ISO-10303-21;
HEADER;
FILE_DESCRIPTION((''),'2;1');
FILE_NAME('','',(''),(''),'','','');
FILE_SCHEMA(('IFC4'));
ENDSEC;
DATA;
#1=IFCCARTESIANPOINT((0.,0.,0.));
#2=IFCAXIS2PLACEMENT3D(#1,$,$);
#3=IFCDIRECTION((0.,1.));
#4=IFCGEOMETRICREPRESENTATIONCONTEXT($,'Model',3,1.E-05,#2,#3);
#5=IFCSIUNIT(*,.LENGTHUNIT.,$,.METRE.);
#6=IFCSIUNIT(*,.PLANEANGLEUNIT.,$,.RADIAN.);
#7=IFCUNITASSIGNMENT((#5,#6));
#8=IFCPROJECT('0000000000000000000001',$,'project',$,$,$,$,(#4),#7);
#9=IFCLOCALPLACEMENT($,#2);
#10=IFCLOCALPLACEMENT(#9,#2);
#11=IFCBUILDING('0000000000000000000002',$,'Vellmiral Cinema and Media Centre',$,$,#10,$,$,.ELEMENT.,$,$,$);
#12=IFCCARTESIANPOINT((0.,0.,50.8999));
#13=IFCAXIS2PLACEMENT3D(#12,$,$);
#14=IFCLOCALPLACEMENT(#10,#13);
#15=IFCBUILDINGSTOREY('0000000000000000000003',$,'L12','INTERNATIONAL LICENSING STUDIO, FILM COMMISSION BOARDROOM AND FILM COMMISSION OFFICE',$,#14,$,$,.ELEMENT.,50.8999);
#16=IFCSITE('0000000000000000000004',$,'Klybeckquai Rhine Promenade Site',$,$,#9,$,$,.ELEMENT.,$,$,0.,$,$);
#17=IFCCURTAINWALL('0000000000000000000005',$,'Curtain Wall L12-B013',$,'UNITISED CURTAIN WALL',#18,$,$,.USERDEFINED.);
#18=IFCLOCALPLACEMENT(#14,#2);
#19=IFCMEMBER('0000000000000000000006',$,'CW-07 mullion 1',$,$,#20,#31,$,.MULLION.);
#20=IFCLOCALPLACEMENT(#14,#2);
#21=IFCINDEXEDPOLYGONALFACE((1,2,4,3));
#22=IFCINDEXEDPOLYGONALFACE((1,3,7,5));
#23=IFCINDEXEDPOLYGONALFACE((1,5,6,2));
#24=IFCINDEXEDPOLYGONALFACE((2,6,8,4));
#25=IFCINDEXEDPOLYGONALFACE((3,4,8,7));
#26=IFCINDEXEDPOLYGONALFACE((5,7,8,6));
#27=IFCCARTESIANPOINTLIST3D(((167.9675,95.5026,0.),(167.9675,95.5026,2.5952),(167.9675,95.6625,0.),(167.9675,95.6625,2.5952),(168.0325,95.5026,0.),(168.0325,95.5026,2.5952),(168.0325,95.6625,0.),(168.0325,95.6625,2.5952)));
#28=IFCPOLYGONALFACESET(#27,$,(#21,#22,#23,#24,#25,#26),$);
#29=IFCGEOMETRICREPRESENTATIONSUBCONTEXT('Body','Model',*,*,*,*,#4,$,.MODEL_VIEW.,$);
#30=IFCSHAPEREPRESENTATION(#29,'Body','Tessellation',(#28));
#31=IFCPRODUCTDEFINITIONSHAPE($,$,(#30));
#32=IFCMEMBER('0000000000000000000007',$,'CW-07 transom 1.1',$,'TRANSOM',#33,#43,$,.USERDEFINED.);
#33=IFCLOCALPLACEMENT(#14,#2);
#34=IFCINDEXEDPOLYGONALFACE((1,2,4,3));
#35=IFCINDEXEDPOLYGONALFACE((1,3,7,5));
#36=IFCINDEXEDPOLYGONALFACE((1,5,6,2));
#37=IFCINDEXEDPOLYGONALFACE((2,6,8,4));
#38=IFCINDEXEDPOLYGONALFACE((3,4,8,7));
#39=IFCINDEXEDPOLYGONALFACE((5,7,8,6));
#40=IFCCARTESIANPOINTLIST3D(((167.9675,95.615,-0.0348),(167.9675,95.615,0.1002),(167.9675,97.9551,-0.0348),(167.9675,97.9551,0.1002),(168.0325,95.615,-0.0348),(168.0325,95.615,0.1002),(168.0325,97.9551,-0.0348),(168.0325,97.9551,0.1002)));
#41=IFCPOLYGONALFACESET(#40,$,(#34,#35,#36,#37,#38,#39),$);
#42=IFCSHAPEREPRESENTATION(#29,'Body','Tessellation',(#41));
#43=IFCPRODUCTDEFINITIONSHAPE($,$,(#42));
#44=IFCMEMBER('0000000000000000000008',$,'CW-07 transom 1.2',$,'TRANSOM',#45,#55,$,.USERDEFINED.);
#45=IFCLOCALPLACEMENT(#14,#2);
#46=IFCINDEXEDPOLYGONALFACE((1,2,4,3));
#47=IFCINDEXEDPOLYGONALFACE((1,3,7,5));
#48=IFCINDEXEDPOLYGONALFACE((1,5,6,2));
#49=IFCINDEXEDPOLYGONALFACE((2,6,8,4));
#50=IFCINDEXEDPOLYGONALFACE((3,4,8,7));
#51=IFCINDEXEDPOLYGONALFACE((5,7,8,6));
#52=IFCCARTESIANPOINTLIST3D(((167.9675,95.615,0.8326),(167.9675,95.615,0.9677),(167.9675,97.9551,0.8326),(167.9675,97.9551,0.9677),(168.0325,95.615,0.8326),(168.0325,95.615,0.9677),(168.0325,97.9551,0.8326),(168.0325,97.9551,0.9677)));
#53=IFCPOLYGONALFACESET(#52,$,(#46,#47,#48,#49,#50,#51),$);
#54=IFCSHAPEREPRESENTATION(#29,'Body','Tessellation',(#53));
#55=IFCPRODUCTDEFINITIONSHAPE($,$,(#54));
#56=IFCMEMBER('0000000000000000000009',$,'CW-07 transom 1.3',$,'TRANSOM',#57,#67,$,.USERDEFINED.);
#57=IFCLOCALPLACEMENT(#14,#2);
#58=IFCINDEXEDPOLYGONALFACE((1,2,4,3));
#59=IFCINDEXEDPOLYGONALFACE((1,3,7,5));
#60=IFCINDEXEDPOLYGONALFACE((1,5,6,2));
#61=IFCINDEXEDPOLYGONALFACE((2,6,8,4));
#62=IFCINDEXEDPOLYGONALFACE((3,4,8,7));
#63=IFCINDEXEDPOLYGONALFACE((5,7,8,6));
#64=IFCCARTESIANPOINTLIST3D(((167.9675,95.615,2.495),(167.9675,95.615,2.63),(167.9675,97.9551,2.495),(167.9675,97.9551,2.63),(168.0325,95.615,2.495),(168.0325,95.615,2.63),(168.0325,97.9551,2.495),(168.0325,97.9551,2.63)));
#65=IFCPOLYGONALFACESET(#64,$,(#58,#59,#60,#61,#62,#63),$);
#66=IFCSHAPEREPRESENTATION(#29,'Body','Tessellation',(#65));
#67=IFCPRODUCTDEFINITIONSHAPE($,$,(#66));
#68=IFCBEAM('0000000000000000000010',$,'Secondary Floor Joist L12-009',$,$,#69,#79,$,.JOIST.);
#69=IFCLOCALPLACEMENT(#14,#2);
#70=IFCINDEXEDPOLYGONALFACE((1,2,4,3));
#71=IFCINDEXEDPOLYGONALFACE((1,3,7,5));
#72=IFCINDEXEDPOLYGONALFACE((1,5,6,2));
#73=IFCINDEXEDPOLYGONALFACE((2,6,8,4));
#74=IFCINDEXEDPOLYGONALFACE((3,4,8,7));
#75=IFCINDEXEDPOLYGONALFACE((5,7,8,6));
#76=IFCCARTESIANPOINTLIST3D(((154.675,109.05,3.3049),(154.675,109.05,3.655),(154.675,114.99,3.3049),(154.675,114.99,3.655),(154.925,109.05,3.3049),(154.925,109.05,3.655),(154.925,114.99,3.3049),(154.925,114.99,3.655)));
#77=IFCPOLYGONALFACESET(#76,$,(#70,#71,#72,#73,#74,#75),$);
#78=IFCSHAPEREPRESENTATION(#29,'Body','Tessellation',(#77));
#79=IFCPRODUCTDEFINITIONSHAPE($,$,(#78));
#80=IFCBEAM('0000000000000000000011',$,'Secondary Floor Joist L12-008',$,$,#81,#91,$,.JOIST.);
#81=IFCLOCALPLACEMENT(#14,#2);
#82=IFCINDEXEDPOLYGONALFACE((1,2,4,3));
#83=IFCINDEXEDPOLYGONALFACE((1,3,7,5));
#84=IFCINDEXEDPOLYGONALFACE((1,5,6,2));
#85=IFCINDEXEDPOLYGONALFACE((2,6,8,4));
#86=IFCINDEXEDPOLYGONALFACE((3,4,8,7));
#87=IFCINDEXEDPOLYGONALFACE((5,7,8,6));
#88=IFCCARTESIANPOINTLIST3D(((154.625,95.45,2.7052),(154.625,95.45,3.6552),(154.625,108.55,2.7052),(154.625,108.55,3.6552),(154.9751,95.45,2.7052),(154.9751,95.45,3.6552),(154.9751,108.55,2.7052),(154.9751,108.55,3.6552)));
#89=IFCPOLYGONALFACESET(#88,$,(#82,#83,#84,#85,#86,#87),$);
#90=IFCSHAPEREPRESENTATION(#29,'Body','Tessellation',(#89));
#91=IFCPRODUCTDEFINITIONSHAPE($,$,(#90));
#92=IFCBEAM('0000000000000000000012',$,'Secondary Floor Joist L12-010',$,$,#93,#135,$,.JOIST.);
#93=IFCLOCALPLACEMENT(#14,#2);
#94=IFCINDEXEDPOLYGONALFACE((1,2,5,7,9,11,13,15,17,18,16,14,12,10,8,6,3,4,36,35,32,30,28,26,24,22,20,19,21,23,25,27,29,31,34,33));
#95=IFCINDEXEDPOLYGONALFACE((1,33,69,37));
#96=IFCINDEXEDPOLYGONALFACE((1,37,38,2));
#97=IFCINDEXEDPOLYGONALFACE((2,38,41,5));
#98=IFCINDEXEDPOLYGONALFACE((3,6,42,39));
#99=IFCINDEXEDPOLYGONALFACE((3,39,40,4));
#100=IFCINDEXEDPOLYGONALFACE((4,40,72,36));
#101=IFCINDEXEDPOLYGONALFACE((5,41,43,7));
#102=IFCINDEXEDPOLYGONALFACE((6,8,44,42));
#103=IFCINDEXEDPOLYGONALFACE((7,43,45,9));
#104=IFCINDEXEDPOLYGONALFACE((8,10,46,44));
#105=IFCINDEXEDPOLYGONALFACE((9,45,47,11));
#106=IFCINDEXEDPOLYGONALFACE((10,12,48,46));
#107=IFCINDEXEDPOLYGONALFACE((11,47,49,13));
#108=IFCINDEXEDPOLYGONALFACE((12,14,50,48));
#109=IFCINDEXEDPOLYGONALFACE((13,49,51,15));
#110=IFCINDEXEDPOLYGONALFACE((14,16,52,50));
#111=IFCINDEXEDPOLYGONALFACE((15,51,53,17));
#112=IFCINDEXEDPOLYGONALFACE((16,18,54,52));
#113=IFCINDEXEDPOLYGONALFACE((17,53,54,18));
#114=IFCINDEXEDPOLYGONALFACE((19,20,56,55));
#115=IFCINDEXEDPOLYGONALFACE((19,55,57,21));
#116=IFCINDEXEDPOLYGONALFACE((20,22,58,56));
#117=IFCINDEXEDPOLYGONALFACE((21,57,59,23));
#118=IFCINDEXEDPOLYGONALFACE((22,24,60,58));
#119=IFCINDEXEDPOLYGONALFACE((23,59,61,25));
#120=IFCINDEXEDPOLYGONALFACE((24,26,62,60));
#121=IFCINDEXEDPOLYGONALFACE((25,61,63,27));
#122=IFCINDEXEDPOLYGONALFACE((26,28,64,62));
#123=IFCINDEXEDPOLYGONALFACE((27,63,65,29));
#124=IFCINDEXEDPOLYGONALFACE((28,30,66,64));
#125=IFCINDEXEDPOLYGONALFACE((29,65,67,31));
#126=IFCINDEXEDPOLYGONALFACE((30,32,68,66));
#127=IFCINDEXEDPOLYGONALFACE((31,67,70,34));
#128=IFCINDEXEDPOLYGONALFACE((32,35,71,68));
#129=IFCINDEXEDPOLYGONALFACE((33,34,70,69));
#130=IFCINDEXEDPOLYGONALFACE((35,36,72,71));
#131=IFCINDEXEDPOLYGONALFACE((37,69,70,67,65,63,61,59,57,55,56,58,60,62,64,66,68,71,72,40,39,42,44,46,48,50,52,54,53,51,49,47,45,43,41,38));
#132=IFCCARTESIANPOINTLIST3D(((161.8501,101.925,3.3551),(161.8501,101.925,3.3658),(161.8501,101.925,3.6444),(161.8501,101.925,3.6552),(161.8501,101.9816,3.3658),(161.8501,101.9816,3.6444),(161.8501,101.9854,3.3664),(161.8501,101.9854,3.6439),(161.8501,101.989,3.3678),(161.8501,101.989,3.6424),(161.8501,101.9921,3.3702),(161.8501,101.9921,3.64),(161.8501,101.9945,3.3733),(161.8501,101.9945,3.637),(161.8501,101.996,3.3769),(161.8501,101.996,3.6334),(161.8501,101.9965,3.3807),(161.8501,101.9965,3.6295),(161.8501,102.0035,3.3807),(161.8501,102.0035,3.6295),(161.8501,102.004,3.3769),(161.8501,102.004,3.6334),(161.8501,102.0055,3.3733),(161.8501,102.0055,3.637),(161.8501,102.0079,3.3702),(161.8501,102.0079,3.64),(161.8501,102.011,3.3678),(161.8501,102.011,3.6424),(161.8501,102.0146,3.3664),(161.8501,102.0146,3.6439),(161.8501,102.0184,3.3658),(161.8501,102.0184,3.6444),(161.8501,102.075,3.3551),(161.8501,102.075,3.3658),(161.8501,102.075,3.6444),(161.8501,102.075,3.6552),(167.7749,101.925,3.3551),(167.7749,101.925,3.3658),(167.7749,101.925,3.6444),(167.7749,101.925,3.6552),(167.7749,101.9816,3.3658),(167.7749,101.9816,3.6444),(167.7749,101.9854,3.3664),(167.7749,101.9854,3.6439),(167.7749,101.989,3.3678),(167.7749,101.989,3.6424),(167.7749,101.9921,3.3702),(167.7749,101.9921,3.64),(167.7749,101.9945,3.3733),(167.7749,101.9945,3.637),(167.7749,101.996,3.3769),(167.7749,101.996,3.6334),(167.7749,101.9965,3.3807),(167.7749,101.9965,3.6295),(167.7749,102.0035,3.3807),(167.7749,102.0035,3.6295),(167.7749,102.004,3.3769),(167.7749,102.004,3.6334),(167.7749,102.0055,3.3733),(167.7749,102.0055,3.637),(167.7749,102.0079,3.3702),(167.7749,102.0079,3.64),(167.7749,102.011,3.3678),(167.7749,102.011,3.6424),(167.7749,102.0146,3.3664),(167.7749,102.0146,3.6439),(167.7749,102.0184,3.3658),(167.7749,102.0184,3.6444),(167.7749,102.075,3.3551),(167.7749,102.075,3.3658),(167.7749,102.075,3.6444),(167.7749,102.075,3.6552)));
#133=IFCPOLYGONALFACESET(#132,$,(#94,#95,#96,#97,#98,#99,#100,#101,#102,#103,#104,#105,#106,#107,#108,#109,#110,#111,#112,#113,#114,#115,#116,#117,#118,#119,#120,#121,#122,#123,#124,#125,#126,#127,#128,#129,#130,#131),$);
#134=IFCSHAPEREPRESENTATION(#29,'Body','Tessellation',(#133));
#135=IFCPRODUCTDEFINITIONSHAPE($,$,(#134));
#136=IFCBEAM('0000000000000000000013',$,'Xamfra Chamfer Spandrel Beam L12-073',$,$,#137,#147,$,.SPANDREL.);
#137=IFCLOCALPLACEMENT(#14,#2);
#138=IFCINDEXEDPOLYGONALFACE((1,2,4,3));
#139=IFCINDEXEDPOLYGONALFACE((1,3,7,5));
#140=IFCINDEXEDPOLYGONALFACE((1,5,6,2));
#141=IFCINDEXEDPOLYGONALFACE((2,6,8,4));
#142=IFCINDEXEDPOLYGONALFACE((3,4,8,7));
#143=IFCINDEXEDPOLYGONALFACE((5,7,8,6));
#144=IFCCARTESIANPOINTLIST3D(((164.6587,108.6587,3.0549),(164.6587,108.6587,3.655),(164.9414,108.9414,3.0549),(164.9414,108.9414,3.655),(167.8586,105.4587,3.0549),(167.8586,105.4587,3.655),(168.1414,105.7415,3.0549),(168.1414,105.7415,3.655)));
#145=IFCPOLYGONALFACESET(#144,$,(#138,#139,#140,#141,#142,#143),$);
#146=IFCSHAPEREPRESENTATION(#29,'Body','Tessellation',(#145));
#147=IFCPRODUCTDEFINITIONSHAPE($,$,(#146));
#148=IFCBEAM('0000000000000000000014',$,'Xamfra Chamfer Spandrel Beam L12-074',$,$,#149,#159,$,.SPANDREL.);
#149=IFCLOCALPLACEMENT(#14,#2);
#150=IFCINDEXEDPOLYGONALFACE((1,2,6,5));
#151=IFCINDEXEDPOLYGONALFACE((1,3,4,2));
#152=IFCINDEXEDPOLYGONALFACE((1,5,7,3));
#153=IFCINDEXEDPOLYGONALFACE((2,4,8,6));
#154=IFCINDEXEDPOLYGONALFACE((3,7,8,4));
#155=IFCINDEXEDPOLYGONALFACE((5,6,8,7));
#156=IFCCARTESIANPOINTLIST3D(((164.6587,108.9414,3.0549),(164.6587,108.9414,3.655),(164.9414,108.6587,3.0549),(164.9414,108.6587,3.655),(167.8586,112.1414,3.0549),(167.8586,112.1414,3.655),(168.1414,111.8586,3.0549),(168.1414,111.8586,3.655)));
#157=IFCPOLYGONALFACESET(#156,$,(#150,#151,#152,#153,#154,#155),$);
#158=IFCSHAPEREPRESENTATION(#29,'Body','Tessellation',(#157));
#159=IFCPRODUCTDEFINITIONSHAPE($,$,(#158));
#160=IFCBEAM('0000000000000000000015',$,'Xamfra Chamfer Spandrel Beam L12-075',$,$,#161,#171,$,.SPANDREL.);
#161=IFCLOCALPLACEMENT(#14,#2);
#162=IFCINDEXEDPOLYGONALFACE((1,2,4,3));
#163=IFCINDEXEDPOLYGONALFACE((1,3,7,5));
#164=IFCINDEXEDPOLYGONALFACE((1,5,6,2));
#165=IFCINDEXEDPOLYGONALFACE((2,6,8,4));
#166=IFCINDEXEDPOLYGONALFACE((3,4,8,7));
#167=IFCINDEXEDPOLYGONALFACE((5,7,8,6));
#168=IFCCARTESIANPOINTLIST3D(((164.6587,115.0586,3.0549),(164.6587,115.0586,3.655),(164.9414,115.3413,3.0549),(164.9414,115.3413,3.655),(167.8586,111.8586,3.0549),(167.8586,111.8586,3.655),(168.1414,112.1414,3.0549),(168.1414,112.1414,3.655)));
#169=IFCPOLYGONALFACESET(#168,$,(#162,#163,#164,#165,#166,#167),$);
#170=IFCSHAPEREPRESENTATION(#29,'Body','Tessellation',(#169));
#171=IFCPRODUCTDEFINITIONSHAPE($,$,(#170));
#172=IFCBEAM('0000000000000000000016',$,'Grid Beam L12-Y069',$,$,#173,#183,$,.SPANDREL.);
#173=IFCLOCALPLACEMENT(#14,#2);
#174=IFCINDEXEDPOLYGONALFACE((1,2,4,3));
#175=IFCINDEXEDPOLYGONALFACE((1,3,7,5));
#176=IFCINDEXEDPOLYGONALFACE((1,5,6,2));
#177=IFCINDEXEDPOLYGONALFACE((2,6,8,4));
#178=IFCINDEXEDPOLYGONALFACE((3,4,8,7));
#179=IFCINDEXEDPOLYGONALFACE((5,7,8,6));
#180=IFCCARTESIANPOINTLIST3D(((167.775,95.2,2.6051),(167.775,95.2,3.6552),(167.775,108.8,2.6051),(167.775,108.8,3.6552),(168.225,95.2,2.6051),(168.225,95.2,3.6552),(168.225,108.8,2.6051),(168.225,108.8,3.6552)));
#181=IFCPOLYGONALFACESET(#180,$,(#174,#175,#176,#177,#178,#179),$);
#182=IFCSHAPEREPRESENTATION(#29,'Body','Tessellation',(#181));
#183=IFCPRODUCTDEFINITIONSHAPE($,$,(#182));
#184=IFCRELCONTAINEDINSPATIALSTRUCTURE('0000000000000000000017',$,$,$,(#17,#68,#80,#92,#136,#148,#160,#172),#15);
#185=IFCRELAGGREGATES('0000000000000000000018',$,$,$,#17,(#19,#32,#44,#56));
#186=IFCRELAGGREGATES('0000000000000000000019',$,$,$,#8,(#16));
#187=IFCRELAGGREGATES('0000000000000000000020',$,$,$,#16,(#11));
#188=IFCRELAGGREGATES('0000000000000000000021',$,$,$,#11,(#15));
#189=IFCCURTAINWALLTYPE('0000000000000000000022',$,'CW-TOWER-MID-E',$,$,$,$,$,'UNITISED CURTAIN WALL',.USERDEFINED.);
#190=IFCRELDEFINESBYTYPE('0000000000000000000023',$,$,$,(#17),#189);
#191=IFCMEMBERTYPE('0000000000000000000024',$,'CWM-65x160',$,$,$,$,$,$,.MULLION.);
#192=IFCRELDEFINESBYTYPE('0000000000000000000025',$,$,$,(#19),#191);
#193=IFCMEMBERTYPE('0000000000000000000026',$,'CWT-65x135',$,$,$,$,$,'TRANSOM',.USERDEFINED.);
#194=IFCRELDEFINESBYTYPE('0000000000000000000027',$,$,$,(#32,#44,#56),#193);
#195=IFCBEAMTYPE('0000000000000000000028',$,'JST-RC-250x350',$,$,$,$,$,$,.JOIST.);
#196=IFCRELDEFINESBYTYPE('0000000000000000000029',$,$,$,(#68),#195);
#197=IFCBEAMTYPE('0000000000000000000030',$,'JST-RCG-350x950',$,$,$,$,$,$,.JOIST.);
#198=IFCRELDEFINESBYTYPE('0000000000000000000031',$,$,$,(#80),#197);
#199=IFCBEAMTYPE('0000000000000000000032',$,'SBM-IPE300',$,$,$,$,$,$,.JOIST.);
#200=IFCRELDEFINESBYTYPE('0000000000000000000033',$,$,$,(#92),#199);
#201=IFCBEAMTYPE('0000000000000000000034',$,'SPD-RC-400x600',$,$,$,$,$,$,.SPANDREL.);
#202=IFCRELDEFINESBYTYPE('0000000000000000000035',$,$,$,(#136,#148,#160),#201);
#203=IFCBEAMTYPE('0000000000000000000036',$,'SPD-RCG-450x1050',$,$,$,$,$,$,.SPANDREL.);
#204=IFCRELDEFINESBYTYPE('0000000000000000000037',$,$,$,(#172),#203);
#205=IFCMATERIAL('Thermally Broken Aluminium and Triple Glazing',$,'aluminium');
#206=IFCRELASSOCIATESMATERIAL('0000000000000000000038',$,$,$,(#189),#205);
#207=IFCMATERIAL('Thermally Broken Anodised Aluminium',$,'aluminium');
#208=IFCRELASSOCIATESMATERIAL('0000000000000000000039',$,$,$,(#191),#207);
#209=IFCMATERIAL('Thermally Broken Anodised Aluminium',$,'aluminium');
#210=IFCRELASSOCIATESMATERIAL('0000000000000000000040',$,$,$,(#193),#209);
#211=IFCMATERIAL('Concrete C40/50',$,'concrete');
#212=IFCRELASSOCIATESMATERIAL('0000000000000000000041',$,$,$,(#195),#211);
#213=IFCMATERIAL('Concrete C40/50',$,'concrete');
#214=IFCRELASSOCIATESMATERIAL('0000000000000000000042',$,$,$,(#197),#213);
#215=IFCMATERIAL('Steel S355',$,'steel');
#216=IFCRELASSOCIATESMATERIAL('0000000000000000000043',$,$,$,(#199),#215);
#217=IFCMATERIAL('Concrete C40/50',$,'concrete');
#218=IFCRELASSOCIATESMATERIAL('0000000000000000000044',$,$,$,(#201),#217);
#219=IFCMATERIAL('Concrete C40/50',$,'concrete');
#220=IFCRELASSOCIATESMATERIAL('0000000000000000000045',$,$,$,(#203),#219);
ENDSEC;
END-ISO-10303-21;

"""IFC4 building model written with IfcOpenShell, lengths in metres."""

from ifc_helpers import new_model, si_unit, direction, frame, origin, origin_2d, place, context, subcontext, project, spatial, rectangle, i_section, extrude, material, material_profile, profile_set, type_object, element, aggregate, save


model = new_model("IFC4")

# Units and contexts
model_context = context("Model", 3, precision=1e-05, world=origin(), true_north=direction((0.0, 1.0)))
body_context = subcontext(model_context, "Body", "Model", "MODEL_VIEW")
ifc_project = project(units=[si_unit("LENGTHUNIT", "METRE"), si_unit("PLANEANGLEUNIT", "RADIAN")], contexts=[model_context])

# Site, building, storey
site_placement = place(None, origin())
site = spatial("IfcSite", under=ifc_project, at=site_placement, Name="Klybeckquai Rhine Promenade Site", CompositionType="ELEMENT", RefElevation=0.0)
building_placement = place(site_placement, origin())
building = spatial("IfcBuilding", under=site, at=building_placement, Name="Vellmiral Cinema and Media Centre", CompositionType="ELEMENT")
storey_placement = place(building_placement, frame((0.0, 0.0, 50.8999)))
storey = spatial("IfcBuildingStorey", under=building, at=storey_placement, Name="L12", Description="INTERNATIONAL LICENSING STUDIO, FILM COMMISSION BOARDROOM AND FILM COMMISSION OFFICE", CompositionType="ELEMENT", Elevation=50.8999)

# Curtain wall, members
ifc_material_1 = material(Name="Thermally Broken Aluminium and Triple Glazing", Category="aluminium")
curtain_wall_type = type_object("IfcCurtainWallType", Name="CW-TOWER-MID-E", ElementType="UNITISED CURTAIN WALL", PredefinedType="USERDEFINED", material=ifc_material_1)
curtain_wall_placement = place(storey_placement, origin())
curtain_wall = element("IfcCurtainWall", 1, at=curtain_wall_placement, inside=storey, type_object=curtain_wall_type, Name="Curtain Wall L12-B013", ObjectType="UNITISED CURTAIN WALL", PredefinedType="USERDEFINED")
ifc_material_2 = material(Name="Thermally Broken Anodised Aluminium", Category="aluminium")
ifc_material_profile_1 = material_profile(ifc_material_2, rectangle(XDim=0.0649, YDim=0.1599, at=origin_2d()), Name="MULL 65x160")
ifc_profile_set_1 = profile_set([ifc_material_profile_1], Name="Thermally Broken Anodised Aluminium")
member_type_1 = type_object("IfcMemberType", Name="CWM-65x160", PredefinedType="MULLION", material=ifc_profile_set_1)
member_1_placement = place(storey_placement, frame((168.0, 95.5825, 0.0), z_axis=(0.0, 0.0, 1.0), x_axis=(-1.0, 0.0, 0.0)))
member_1 = element("IfcMember", 2, at=member_1_placement, type_object=member_type_1, Name="CW-07 mullion 1", PredefinedType="MULLION", context=body_context, shape_type="SweptSolid", body=[
    extrude(rectangle(XDim=0.0649, YDim=0.1599, at=origin_2d()), origin(), (0.0, 0.0, 1.0), 2.5952),
])
ifc_material_3 = material(Name="Thermally Broken Anodised Aluminium", Category="aluminium")
ifc_material_profile_2 = material_profile(ifc_material_3, rectangle(XDim=0.0649, YDim=0.135, at=origin_2d()), Name="MULL 65x135")
ifc_profile_set_2 = profile_set([ifc_material_profile_2], Name="Thermally Broken Anodised Aluminium")
member_type_2 = type_object("IfcMemberType", Name="CWT-65x135", ElementType="TRANSOM", PredefinedType="USERDEFINED", material=ifc_profile_set_2)
member_2_placement = place(storey_placement, frame((168.0, 95.615, 0.0327), z_axis=(0.0, 1.0, 0.0), x_axis=(-1.0, 0.0, 0.0)))
member_2 = element("IfcMember", 3, at=member_2_placement, type_object=member_type_2, Name="CW-07 transom 1.1", ObjectType="TRANSOM", PredefinedType="USERDEFINED", context=body_context, shape_type="SweptSolid", body=[
    extrude(rectangle(XDim=0.0649, YDim=0.135, at=origin_2d()), origin(), (0.0, 0.0, 1.0), 2.3401),
])
member_3_placement = place(storey_placement, frame((168.0, 95.615, 0.9001), z_axis=(0.0, 1.0, 0.0), x_axis=(-1.0, 0.0, 0.0)))
member_3 = element("IfcMember", 4, at=member_3_placement, type_object=member_type_2, Name="CW-07 transom 1.2", ObjectType="TRANSOM", PredefinedType="USERDEFINED", context=body_context, shape_type="SweptSolid", body=[
    extrude(rectangle(XDim=0.0649, YDim=0.135, at=origin_2d()), origin(), (0.0, 0.0, 1.0), 2.3401),
])
member_4_placement = place(storey_placement, frame((168.0, 95.615, 2.5625), z_axis=(0.0, 1.0, 0.0), x_axis=(-1.0, 0.0, 0.0)))
member_4 = element("IfcMember", 5, at=member_4_placement, type_object=member_type_2, Name="CW-07 transom 1.3", ObjectType="TRANSOM", PredefinedType="USERDEFINED", context=body_context, shape_type="SweptSolid", body=[
    extrude(rectangle(XDim=0.0649, YDim=0.135, at=origin_2d()), origin(), (0.0, 0.0, 1.0), 2.3401),
])
aggregate(curtain_wall, [member_1, member_2, member_3, member_4])

# Beams
ifc_material_4 = material(Name="Concrete C40/50", Category="concrete")
ifc_material_profile_3 = material_profile(ifc_material_4, rectangle(XDim=0.25, YDim=0.3501, at=origin_2d()), Name="RC 250x350")
ifc_profile_set_3 = profile_set([ifc_material_profile_3], Name="Concrete C40/50")
beam_type_1 = type_object("IfcBeamType", Name="JST-RC-250x350", PredefinedType="JOIST", material=ifc_profile_set_3)
beam_1_placement = place(storey_placement, frame((154.8, 109.05, 3.48), z_axis=(0.0, 1.0, 0.0), x_axis=(-1.0, 0.0, 0.0)))
element("IfcBeam", 6, at=beam_1_placement, inside=storey, type_object=beam_type_1, Name="Secondary Floor Joist L12-009", PredefinedType="JOIST", context=body_context, shape_type="SweptSolid", body=[
    extrude(rectangle(XDim=0.25, YDim=0.3501, at=origin_2d()), origin(), (0.0, 0.0, 1.0), 5.9399),
])
ifc_material_5 = material(Name="Concrete C40/50", Category="concrete")
ifc_material_profile_4 = material_profile(ifc_material_5, rectangle(XDim=0.3501, YDim=0.95, at=origin_2d()), Name="RC 350x950")
ifc_profile_set_4 = profile_set([ifc_material_profile_4], Name="Concrete C40/50")
beam_type_2 = type_object("IfcBeamType", Name="JST-RCG-350x950", PredefinedType="JOIST", material=ifc_profile_set_4)
beam_2_placement = place(storey_placement, frame((154.8, 95.45, 3.1802), z_axis=(0.0, 1.0, 0.0), x_axis=(-1.0, 0.0, 0.0)))
element("IfcBeam", 7, at=beam_2_placement, inside=storey, type_object=beam_type_2, Name="Secondary Floor Joist L12-008", PredefinedType="JOIST", context=body_context, shape_type="SweptSolid", body=[
    extrude(rectangle(XDim=0.3501, YDim=0.95, at=origin_2d()), origin(), (0.0, 0.0, 1.0), 13.1001),
])
ifc_material_6 = material(Name="Steel S355", Category="steel")
ifc_material_profile_5 = material_profile(ifc_material_6, i_section(OverallWidth=0.1499, OverallDepth=0.3, WebThickness=0.0071, FlangeThickness=0.0107, FilletRadius=0.0149, at=origin_2d()), Name="IPE 300")
ifc_profile_set_5 = profile_set([ifc_material_profile_5], Name="Steel S355")
beam_type_3 = type_object("IfcBeamType", Name="SBM-IPE300", PredefinedType="JOIST", material=ifc_profile_set_5)
beam_3_placement = place(storey_placement, frame((161.8501, 102.0, 3.5051), z_axis=(1.0, 0.0, 0.0), x_axis=(0.0, 1.0, 0.0)))
element("IfcBeam", 8, at=beam_3_placement, inside=storey, type_object=beam_type_3, Name="Secondary Floor Joist L12-010", PredefinedType="JOIST", context=body_context, shape_type="SweptSolid", body=[
    extrude(i_section(OverallWidth=0.1499, OverallDepth=0.3, WebThickness=0.0071, FlangeThickness=0.0107, FilletRadius=0.0149, at=origin_2d()), origin(), (0.0, 0.0, 1.0), 5.9248),
])
ifc_material_7 = material(Name="Concrete C40/50", Category="concrete")
ifc_material_profile_6 = material_profile(ifc_material_7, rectangle(XDim=0.3999, YDim=0.6001, at=origin_2d()), Name="RC 400x600")
ifc_profile_set_6 = profile_set([ifc_material_profile_6], Name="Concrete C40/50")
beam_type_4 = type_object("IfcBeamType", Name="SPD-RC-400x600", PredefinedType="SPANDREL", material=ifc_profile_set_6)
for number, where, z_axis, x_axis, name in (
    (9, (164.8, 108.8, 3.355), (0.707107, -0.707107, 0.0), (0.707107, 0.707107, 0.0), "Xamfra Chamfer Spandrel Beam L12-073"),
    (10, (164.8, 108.8, 3.355), (0.707107, 0.707107, 0.0), (-0.707107, 0.707107, 0.0), "Xamfra Chamfer Spandrel Beam L12-074"),
    (11, (164.8, 115.2, 3.355), (0.707107, -0.707107, 0.0), (0.707107, 0.707107, 0.0), "Xamfra Chamfer Spandrel Beam L12-075"),
):
    element("IfcBeam", number, at=place(storey_placement, frame(where, z_axis=z_axis, x_axis=x_axis)), inside=storey, type_object=beam_type_4, Name=name, PredefinedType="SPANDREL", context=body_context, shape_type="SweptSolid", body=[
        extrude(rectangle(XDim=0.3999, YDim=0.6001, at=origin_2d()), origin(), (0.0, 0.0, 1.0), 4.5254),
    ])
ifc_material_8 = material(Name="Concrete C40/50", Category="concrete")
ifc_material_profile_7 = material_profile(ifc_material_8, rectangle(XDim=0.45, YDim=1.05, at=origin_2d()), Name="RC 450x1050")
ifc_profile_set_7 = profile_set([ifc_material_profile_7], Name="Concrete C40/50")
beam_type_5 = type_object("IfcBeamType", Name="SPD-RCG-450x1050", PredefinedType="SPANDREL", material=ifc_profile_set_7)
beam_4_placement = place(storey_placement, frame((168.0, 95.2, 3.1301), z_axis=(0.0, 1.0, 0.0), x_axis=(-1.0, 0.0, 0.0)))
element("IfcBeam", 12, at=beam_4_placement, inside=storey, type_object=beam_type_5, Name="Grid Beam L12-Y069", PredefinedType="SPANDREL", context=body_context, shape_type="SweptSolid", body=[
    extrude(rectangle(XDim=0.45, YDim=1.05, at=origin_2d()), origin(), (0.0, 0.0, 1.0), 13.6001),
])

save(model, "model.ifc")
